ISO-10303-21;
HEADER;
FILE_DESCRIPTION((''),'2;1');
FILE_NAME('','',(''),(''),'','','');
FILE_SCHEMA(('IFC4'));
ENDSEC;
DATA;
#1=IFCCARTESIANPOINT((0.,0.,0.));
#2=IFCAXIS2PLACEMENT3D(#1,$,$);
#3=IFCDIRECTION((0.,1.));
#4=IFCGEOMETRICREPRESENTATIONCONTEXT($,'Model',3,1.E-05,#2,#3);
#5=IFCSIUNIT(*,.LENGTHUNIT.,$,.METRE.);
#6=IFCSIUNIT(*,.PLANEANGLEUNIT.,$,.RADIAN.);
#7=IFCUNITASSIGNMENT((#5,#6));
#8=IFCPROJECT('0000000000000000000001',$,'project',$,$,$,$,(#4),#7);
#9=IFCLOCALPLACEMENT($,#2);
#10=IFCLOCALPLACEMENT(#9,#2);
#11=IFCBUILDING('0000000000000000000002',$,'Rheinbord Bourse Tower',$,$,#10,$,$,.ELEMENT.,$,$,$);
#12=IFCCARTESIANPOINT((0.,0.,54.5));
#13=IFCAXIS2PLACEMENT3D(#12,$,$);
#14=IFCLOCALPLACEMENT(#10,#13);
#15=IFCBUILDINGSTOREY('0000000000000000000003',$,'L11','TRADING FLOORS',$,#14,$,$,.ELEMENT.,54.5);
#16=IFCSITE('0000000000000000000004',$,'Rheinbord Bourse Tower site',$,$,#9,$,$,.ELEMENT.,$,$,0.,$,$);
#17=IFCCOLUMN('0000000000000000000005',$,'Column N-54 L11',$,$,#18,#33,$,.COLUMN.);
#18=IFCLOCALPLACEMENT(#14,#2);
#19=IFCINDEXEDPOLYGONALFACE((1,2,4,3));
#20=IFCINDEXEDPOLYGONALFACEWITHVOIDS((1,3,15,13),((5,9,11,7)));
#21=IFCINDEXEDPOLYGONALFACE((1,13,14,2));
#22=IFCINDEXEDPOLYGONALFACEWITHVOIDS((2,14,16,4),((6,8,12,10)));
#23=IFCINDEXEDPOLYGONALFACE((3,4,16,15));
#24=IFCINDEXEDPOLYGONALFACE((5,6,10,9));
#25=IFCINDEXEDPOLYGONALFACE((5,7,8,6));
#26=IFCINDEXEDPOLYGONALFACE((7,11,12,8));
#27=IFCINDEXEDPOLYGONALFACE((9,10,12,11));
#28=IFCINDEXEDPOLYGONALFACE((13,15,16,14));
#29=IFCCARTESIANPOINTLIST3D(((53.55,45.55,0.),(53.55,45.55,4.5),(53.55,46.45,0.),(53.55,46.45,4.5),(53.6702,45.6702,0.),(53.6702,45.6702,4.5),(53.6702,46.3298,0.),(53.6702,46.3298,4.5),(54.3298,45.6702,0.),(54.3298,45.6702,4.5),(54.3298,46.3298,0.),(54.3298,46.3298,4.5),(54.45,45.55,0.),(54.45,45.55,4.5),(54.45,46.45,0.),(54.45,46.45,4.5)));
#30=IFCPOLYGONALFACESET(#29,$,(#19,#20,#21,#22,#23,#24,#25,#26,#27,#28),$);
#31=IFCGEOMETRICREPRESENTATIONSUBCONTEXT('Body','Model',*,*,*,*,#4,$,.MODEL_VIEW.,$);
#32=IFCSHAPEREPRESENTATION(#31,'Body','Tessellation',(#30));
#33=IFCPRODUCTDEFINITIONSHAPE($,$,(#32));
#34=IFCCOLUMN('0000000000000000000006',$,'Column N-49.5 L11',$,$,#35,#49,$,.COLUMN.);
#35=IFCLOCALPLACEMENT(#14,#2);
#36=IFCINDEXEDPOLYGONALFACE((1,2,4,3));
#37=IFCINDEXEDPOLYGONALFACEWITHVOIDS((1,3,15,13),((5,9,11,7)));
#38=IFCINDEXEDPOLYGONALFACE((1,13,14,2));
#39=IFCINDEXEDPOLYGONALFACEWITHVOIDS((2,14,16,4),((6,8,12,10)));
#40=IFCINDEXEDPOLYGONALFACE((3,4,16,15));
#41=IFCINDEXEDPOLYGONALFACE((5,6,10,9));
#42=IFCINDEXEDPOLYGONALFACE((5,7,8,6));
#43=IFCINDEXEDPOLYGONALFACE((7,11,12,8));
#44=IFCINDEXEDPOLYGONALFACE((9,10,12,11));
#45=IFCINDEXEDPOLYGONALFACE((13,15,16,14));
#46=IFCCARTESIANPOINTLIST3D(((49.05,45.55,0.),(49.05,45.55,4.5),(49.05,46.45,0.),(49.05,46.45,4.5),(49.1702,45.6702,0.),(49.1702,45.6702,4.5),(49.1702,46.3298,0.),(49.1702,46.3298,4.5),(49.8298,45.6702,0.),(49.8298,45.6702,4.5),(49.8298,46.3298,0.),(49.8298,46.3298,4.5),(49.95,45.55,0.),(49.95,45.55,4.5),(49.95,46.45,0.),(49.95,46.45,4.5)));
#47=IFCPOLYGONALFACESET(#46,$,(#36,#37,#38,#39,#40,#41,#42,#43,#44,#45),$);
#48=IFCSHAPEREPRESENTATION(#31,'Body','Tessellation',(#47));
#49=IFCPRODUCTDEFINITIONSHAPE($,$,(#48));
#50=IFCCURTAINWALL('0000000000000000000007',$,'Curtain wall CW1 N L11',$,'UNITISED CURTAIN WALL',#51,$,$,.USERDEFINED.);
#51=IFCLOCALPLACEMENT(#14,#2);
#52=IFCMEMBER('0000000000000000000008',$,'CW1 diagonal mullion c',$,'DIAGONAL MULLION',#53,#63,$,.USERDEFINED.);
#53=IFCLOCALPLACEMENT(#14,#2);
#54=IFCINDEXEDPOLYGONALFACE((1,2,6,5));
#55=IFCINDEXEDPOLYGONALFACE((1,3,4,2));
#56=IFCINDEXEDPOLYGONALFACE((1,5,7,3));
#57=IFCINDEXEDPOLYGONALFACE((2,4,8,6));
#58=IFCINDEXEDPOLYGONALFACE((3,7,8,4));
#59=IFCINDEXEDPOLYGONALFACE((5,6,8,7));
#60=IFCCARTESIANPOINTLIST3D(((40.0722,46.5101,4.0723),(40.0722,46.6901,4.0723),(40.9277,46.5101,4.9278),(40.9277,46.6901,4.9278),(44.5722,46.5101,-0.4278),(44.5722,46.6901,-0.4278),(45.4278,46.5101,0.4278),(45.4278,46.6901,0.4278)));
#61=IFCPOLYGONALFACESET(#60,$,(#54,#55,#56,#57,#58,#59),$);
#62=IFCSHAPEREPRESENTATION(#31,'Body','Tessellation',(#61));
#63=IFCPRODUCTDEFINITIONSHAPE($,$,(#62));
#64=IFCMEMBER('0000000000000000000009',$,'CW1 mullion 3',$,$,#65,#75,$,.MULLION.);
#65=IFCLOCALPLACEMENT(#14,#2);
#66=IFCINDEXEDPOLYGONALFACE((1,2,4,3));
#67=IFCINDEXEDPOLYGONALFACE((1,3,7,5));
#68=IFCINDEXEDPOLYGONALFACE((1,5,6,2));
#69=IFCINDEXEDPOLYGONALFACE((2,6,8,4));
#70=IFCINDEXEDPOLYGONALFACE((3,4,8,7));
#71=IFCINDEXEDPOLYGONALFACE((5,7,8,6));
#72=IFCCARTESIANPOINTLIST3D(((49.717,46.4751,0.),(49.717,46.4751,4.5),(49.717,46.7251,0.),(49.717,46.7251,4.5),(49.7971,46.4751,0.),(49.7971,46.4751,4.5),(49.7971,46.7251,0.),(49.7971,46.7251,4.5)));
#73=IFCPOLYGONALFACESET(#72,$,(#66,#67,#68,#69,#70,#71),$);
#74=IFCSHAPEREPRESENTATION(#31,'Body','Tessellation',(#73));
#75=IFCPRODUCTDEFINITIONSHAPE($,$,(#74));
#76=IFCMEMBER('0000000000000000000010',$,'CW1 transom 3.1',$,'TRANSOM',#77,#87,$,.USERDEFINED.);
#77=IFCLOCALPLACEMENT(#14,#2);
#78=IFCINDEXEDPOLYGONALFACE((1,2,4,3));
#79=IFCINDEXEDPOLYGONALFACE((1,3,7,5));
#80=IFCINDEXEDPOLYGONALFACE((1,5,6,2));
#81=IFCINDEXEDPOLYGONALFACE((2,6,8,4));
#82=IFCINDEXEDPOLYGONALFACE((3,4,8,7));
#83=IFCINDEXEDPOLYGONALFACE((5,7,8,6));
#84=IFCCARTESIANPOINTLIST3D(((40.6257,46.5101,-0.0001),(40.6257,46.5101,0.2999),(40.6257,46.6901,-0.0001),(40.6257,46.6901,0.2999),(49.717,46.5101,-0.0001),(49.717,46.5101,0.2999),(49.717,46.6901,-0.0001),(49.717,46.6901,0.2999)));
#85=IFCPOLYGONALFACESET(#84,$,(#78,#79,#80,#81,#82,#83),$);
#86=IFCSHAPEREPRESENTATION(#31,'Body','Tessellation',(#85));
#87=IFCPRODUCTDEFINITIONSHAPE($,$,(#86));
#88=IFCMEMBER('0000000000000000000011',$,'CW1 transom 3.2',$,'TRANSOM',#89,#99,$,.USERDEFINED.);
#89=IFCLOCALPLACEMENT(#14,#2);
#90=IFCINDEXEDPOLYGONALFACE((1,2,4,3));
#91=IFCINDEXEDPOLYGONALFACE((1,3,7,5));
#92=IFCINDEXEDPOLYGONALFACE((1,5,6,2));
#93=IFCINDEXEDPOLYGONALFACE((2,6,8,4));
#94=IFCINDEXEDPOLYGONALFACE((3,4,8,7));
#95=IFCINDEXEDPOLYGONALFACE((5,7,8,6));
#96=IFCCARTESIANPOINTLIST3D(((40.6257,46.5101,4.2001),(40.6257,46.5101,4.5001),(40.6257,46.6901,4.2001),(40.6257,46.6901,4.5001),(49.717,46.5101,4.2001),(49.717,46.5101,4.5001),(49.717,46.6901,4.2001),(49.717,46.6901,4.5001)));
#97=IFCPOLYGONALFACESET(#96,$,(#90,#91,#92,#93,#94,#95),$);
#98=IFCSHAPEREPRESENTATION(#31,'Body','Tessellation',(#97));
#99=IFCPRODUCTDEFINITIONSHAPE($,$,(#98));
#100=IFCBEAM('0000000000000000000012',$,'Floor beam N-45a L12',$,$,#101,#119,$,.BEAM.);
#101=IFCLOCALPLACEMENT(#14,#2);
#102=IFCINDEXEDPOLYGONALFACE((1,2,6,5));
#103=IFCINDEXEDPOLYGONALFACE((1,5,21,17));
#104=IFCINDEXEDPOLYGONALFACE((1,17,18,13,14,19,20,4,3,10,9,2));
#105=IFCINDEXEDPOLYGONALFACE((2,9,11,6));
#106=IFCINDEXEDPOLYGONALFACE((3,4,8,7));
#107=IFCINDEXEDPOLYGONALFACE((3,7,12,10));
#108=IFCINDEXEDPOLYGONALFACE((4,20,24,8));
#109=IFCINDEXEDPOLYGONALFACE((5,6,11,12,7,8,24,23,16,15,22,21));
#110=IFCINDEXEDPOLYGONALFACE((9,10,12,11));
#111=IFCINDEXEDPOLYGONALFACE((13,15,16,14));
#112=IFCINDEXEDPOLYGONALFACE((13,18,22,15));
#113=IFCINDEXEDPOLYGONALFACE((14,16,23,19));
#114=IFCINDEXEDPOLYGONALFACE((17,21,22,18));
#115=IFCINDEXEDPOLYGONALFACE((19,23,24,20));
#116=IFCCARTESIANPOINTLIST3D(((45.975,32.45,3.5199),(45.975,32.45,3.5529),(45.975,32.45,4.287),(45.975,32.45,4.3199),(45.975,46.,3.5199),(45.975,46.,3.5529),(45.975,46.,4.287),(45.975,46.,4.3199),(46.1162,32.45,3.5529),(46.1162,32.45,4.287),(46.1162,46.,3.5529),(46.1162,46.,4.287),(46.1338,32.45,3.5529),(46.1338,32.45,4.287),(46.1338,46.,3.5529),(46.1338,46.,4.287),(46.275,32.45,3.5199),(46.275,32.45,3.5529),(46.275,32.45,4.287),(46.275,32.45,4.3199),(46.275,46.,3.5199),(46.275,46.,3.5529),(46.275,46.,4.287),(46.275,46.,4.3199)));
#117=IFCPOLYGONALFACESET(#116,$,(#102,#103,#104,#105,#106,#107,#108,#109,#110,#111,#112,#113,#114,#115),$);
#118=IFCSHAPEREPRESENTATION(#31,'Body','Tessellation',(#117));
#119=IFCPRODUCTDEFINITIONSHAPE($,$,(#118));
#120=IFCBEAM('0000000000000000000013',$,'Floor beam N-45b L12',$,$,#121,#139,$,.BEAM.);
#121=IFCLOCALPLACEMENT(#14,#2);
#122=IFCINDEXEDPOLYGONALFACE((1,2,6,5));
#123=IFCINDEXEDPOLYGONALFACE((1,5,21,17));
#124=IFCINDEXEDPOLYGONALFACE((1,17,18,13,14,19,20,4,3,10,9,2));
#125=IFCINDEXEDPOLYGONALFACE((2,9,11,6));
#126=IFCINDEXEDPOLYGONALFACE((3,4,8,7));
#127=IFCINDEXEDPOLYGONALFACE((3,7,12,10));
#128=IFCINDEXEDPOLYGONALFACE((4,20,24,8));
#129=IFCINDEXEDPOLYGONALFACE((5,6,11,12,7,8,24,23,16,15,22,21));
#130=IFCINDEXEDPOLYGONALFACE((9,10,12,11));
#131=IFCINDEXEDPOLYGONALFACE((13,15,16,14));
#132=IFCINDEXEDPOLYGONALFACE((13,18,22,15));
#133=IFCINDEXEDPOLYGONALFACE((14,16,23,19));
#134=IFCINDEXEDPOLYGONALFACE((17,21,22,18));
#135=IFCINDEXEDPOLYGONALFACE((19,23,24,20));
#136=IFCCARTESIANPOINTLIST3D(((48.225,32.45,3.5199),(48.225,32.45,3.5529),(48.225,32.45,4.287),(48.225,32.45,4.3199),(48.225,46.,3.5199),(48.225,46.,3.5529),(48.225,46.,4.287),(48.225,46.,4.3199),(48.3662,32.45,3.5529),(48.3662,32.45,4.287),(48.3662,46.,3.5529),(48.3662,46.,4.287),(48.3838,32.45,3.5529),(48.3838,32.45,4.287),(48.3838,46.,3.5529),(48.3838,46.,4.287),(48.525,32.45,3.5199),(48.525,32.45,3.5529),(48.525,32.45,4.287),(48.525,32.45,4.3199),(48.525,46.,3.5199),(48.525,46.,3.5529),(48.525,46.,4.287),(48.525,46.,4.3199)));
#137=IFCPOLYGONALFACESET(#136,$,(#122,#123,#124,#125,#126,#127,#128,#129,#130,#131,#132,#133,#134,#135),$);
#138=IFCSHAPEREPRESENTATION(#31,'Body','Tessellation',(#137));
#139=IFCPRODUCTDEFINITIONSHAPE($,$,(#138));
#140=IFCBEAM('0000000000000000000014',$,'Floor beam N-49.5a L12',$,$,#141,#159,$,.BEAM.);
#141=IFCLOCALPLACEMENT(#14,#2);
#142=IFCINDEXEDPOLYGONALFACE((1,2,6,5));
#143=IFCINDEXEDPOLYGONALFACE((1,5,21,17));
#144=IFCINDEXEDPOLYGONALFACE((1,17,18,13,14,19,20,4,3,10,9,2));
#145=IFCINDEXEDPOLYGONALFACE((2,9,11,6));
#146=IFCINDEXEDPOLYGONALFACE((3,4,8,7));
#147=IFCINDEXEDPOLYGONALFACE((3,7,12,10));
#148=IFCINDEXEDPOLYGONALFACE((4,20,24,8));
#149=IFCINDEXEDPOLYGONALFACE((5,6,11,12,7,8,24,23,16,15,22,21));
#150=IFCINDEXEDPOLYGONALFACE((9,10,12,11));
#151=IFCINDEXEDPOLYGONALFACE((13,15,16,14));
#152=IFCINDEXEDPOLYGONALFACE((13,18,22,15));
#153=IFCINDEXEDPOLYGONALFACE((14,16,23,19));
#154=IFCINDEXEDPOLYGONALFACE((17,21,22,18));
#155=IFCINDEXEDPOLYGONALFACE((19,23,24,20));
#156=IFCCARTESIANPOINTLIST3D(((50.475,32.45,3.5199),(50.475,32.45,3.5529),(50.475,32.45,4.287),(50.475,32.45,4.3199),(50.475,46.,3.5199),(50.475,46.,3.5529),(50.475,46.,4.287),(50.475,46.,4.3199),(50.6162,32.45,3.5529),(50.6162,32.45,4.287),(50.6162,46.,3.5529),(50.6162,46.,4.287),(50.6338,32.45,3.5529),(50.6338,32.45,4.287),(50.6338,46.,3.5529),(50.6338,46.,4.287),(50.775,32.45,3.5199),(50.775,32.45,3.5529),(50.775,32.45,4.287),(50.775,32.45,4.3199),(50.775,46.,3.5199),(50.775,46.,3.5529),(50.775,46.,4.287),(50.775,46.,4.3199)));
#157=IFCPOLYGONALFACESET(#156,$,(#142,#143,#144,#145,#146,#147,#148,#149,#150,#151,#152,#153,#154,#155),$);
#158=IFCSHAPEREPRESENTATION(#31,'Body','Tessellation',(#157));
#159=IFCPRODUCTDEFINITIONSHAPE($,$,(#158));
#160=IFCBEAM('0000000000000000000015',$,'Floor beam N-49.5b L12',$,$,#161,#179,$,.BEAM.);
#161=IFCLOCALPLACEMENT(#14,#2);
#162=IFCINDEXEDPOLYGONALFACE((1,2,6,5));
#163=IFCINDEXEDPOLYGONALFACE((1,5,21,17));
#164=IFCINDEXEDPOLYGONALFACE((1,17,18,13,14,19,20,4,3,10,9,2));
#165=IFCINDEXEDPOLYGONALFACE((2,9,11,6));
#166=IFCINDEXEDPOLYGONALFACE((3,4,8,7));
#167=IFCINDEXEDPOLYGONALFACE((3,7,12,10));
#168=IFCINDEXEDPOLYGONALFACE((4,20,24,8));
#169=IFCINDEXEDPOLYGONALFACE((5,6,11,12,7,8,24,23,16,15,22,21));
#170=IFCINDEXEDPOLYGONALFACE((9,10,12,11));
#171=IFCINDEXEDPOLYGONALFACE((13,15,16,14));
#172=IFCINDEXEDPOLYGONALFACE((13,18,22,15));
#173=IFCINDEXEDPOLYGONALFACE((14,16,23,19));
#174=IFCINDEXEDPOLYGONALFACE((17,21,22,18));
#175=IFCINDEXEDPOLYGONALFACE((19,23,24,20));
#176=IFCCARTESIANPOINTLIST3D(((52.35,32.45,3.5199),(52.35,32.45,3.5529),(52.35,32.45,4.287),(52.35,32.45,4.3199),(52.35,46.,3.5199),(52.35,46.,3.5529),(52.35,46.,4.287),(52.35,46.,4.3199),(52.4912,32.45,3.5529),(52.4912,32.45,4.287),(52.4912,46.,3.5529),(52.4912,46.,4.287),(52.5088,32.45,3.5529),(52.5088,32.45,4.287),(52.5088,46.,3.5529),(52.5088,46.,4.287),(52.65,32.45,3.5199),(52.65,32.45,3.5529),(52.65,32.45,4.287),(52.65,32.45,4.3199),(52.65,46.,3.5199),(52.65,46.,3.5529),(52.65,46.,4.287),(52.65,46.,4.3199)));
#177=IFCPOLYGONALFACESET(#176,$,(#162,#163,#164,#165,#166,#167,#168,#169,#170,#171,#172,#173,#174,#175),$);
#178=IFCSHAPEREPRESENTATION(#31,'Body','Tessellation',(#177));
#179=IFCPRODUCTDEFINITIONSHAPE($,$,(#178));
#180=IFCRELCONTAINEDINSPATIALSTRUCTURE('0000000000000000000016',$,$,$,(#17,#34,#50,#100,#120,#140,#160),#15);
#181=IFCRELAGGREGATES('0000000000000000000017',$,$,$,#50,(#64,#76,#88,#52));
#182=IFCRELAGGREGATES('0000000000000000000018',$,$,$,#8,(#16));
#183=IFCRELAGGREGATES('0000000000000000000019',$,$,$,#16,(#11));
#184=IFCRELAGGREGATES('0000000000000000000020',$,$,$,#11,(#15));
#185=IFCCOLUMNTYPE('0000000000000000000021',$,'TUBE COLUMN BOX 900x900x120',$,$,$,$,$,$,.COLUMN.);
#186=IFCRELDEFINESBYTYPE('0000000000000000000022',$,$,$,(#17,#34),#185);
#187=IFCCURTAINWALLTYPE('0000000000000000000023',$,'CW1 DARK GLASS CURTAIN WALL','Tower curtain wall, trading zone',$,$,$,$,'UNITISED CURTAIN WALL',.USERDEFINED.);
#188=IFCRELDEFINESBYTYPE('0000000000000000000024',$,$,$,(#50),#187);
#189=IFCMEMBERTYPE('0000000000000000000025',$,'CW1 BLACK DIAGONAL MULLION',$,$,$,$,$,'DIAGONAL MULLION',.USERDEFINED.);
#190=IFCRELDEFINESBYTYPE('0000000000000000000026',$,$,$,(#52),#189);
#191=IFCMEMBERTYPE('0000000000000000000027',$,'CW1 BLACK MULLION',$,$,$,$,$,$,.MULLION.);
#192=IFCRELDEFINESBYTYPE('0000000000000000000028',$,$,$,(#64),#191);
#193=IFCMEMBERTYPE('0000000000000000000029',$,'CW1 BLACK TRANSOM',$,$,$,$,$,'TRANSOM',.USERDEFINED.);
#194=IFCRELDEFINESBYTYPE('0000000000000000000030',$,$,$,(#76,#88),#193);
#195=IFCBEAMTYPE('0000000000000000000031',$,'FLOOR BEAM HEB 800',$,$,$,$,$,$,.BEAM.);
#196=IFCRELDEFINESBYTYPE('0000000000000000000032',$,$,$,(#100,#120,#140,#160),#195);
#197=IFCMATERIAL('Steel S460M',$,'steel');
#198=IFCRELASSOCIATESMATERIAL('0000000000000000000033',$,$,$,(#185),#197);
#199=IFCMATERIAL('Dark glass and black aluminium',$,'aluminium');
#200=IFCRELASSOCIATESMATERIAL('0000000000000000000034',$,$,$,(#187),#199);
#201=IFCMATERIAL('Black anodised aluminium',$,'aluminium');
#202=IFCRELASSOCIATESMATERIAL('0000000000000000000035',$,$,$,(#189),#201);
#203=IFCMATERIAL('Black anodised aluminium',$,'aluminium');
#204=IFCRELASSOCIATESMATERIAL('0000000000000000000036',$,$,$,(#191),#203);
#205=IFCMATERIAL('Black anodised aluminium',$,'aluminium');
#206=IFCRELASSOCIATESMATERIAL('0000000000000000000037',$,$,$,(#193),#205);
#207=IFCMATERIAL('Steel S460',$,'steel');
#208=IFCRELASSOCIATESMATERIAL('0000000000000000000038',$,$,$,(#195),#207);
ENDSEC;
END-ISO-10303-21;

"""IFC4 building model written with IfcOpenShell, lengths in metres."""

from ifc_helpers import new_model, si_unit, direction, frame, origin, origin_2d, place, context, subcontext, project, spatial, rectangle, hollow_rectangle, i_section, extrude, material, material_profile, profile_set, type_object, element, aggregate, save


model = new_model("IFC4")

# Units and contexts
model_context = context("Model", 3, precision=1e-05, world=origin(), true_north=direction((0.0, 1.0)))
body_context = subcontext(model_context, "Body", "Model", "MODEL_VIEW")
ifc_project = project(units=[si_unit("LENGTHUNIT", "METRE"), si_unit("PLANEANGLEUNIT", "RADIAN")], contexts=[model_context])

# Site, building, storey
site_placement = place(None, origin())
site = spatial("IfcSite", under=ifc_project, at=site_placement, Name="Rheinbord Bourse Tower site", CompositionType="ELEMENT", RefElevation=0.0)
building_placement = place(site_placement, origin())
building = spatial("IfcBuilding", under=site, at=building_placement, Name="Rheinbord Bourse Tower", CompositionType="ELEMENT")
storey_placement = place(building_placement, frame((0.0, 0.0, 54.5)))
storey = spatial("IfcBuildingStorey", under=building, at=storey_placement, Name="L11", Description="TRADING FLOORS", CompositionType="ELEMENT", Elevation=54.5)

# Columns
ifc_material_1 = material(Name="Steel S460M", Category="steel")
ifc_material_profile_1 = material_profile(ifc_material_1, hollow_rectangle(XDim=0.8999, YDim=0.8999, WallThickness=0.1201, at=origin_2d()), Name="BOX 900x900x120")
ifc_profile_set_1 = profile_set([ifc_material_profile_1], Name="Steel S460M")
column_type = type_object("IfcColumnType", Name="TUBE COLUMN BOX 900x900x120", PredefinedType="COLUMN", material=ifc_profile_set_1)
for number, where, z_axis, x_axis, name in (
    (1, (54.0, 46.0, 0.0), (0.0, 0.0, 1.0), (0.0, 1.0, 0.0), "Column N-54 L11"),
    (2, (49.5, 46.0, 0.0), (0.0, 0.0, 1.0), (0.0, 1.0, 0.0), "Column N-49.5 L11"),
):
    element("IfcColumn", number, at=place(storey_placement, frame(where, z_axis=z_axis, x_axis=x_axis)), inside=storey, type_object=column_type, Name=name, PredefinedType="COLUMN", context=body_context, shape_type="SweptSolid", body=[
        extrude(hollow_rectangle(XDim=0.8999, YDim=0.8999, WallThickness=0.1201, at=origin_2d()), origin(), (0.0, 0.0, 1.0), 4.5),
    ])

# Curtain wall, members
ifc_material_2 = material(Name="Dark glass and black aluminium", Category="aluminium")
curtain_wall_type = type_object("IfcCurtainWallType", Name="CW1 DARK GLASS CURTAIN WALL", Description="Tower curtain wall, trading zone", ElementType="UNITISED CURTAIN WALL", PredefinedType="USERDEFINED", material=ifc_material_2)
curtain_wall_placement = place(storey_placement, origin())
curtain_wall = element("IfcCurtainWall", 3, at=curtain_wall_placement, inside=storey, type_object=curtain_wall_type, Name="Curtain wall CW1 N L11", ObjectType="UNITISED CURTAIN WALL", PredefinedType="USERDEFINED")
ifc_material_3 = material(Name="Black anodised aluminium", Category="aluminium")
ifc_material_profile_2 = material_profile(ifc_material_3, rectangle(XDim=0.1799, YDim=1.21, at=origin_2d()), Name="CW1 DIAGONAL MULLION 1210x180")
ifc_profile_set_2 = profile_set([ifc_material_profile_2], Name="Black anodised aluminium")
member_type_1 = type_object("IfcMemberType", Name="CW1 BLACK DIAGONAL MULLION", ElementType="DIAGONAL MULLION", PredefinedType="USERDEFINED", material=ifc_profile_set_2)
member_1_placement = place(storey_placement, frame((45.0, 46.6001, 0.0), z_axis=(-0.707107, 0.0, 0.707107), x_axis=(0.0, -1.0, 0.0)))
member_1 = element("IfcMember", 4, at=member_1_placement, type_object=member_type_1, Name="CW1 diagonal mullion c", ObjectType="DIAGONAL MULLION", PredefinedType="USERDEFINED", context=body_context, shape_type="SweptSolid", body=[
    extrude(rectangle(XDim=0.1799, YDim=1.21, at=origin_2d()), origin(), (0.0, 0.0, 1.0), 6.364),
])
ifc_material_4 = material(Name="Black anodised aluminium", Category="aluminium")
ifc_material_profile_3 = material_profile(ifc_material_4, rectangle(XDim=0.25, YDim=0.0801, at=origin_2d()), Name="CW1 MULLION 80x250")
ifc_profile_set_3 = profile_set([ifc_material_profile_3], Name="Black anodised aluminium")
member_type_2 = type_object("IfcMemberType", Name="CW1 BLACK MULLION", PredefinedType="MULLION", material=ifc_profile_set_3)
member_2_placement = place(storey_placement, frame((49.7571, 46.6001, 0.0), z_axis=(0.0, 0.0, 1.0), x_axis=(0.0, -1.0, 0.0)))
member_2 = element("IfcMember", 5, at=member_2_placement, type_object=member_type_2, Name="CW1 mullion 3", PredefinedType="MULLION", context=body_context, shape_type="SweptSolid", body=[
    extrude(rectangle(XDim=0.25, YDim=0.0801, at=origin_2d()), origin(), (0.0, 0.0, 1.0), 4.5),
])
ifc_material_5 = material(Name="Black anodised aluminium", Category="aluminium")
ifc_material_profile_4 = material_profile(ifc_material_5, rectangle(XDim=0.1799, YDim=0.3, at=origin_2d()), Name="CW1 TRANSOM 300x180")
ifc_profile_set_4 = profile_set([ifc_material_profile_4], Name="Black anodised aluminium")
member_type_3 = type_object("IfcMemberType", Name="CW1 BLACK TRANSOM", ElementType="TRANSOM", PredefinedType="USERDEFINED", material=ifc_profile_set_4)
member_3_placement = place(storey_placement, frame((49.717, 46.6001, 0.1499), z_axis=(-1.0, 0.0, 0.0), x_axis=(0.0, -1.0, 0.0)))
member_3 = element("IfcMember", 6, at=member_3_placement, type_object=member_type_3, Name="CW1 transom 3.1", ObjectType="TRANSOM", PredefinedType="USERDEFINED", context=body_context, shape_type="SweptSolid", body=[
    extrude(rectangle(XDim=0.1799, YDim=0.3, at=origin_2d()), origin(), (0.0, 0.0, 1.0), 9.0913),
])
member_4_placement = place(storey_placement, frame((49.717, 46.6001, 4.3501), z_axis=(-1.0, 0.0, 0.0), x_axis=(0.0, -1.0, 0.0)))
member_4 = element("IfcMember", 7, at=member_4_placement, type_object=member_type_3, Name="CW1 transom 3.2", ObjectType="TRANSOM", PredefinedType="USERDEFINED", context=body_context, shape_type="SweptSolid", body=[
    extrude(rectangle(XDim=0.1799, YDim=0.3, at=origin_2d()), origin(), (0.0, 0.0, 1.0), 9.0913),
])

# Beams
ifc_material_6 = material(Name="Steel S460", Category="steel")
ifc_material_profile_5 = material_profile(ifc_material_6, i_section(OverallWidth=0.3, OverallDepth=0.8, WebThickness=0.0176, FlangeThickness=0.033, at=origin_2d()), Name="HEB 800")
ifc_profile_set_5 = profile_set([ifc_material_profile_5], Name="Steel S460")
beam_type_1 = type_object("IfcBeamType", Name="FLOOR BEAM HEB 800", PredefinedType="BEAM", material=ifc_profile_set_5)
for number, where, z_axis, x_axis, name in (
    (8, (46.125, 46.0, 3.9199), (0.0, -1.0, 0.0), (1.0, 0.0, 0.0), "Floor beam N-45a L12"),
    (9, (48.375, 46.0, 3.9199), (0.0, -1.0, 0.0), (1.0, 0.0, 0.0), "Floor beam N-45b L12"),
    (10, (50.625, 46.0, 3.9199), (0.0, -1.0, 0.0), (1.0, 0.0, 0.0), "Floor beam N-49.5a L12"),
    (11, (52.5, 46.0, 3.9199), (0.0, -1.0, 0.0), (1.0, 0.0, 0.0), "Floor beam N-49.5b L12"),
):
    element("IfcBeam", number, at=place(storey_placement, frame(where, z_axis=z_axis, x_axis=x_axis)), inside=storey, type_object=beam_type_1, Name=name, PredefinedType="BEAM", context=body_context, shape_type="SweptSolid", body=[
        extrude(i_section(OverallWidth=0.3, OverallDepth=0.8, WebThickness=0.0176, FlangeThickness=0.033, at=origin_2d()), origin(), (0.0, 0.0, 1.0), 13.55),
    ])

aggregate(curtain_wall, [member_2, member_3, member_4, member_1])

save(model, "model.ifc")
